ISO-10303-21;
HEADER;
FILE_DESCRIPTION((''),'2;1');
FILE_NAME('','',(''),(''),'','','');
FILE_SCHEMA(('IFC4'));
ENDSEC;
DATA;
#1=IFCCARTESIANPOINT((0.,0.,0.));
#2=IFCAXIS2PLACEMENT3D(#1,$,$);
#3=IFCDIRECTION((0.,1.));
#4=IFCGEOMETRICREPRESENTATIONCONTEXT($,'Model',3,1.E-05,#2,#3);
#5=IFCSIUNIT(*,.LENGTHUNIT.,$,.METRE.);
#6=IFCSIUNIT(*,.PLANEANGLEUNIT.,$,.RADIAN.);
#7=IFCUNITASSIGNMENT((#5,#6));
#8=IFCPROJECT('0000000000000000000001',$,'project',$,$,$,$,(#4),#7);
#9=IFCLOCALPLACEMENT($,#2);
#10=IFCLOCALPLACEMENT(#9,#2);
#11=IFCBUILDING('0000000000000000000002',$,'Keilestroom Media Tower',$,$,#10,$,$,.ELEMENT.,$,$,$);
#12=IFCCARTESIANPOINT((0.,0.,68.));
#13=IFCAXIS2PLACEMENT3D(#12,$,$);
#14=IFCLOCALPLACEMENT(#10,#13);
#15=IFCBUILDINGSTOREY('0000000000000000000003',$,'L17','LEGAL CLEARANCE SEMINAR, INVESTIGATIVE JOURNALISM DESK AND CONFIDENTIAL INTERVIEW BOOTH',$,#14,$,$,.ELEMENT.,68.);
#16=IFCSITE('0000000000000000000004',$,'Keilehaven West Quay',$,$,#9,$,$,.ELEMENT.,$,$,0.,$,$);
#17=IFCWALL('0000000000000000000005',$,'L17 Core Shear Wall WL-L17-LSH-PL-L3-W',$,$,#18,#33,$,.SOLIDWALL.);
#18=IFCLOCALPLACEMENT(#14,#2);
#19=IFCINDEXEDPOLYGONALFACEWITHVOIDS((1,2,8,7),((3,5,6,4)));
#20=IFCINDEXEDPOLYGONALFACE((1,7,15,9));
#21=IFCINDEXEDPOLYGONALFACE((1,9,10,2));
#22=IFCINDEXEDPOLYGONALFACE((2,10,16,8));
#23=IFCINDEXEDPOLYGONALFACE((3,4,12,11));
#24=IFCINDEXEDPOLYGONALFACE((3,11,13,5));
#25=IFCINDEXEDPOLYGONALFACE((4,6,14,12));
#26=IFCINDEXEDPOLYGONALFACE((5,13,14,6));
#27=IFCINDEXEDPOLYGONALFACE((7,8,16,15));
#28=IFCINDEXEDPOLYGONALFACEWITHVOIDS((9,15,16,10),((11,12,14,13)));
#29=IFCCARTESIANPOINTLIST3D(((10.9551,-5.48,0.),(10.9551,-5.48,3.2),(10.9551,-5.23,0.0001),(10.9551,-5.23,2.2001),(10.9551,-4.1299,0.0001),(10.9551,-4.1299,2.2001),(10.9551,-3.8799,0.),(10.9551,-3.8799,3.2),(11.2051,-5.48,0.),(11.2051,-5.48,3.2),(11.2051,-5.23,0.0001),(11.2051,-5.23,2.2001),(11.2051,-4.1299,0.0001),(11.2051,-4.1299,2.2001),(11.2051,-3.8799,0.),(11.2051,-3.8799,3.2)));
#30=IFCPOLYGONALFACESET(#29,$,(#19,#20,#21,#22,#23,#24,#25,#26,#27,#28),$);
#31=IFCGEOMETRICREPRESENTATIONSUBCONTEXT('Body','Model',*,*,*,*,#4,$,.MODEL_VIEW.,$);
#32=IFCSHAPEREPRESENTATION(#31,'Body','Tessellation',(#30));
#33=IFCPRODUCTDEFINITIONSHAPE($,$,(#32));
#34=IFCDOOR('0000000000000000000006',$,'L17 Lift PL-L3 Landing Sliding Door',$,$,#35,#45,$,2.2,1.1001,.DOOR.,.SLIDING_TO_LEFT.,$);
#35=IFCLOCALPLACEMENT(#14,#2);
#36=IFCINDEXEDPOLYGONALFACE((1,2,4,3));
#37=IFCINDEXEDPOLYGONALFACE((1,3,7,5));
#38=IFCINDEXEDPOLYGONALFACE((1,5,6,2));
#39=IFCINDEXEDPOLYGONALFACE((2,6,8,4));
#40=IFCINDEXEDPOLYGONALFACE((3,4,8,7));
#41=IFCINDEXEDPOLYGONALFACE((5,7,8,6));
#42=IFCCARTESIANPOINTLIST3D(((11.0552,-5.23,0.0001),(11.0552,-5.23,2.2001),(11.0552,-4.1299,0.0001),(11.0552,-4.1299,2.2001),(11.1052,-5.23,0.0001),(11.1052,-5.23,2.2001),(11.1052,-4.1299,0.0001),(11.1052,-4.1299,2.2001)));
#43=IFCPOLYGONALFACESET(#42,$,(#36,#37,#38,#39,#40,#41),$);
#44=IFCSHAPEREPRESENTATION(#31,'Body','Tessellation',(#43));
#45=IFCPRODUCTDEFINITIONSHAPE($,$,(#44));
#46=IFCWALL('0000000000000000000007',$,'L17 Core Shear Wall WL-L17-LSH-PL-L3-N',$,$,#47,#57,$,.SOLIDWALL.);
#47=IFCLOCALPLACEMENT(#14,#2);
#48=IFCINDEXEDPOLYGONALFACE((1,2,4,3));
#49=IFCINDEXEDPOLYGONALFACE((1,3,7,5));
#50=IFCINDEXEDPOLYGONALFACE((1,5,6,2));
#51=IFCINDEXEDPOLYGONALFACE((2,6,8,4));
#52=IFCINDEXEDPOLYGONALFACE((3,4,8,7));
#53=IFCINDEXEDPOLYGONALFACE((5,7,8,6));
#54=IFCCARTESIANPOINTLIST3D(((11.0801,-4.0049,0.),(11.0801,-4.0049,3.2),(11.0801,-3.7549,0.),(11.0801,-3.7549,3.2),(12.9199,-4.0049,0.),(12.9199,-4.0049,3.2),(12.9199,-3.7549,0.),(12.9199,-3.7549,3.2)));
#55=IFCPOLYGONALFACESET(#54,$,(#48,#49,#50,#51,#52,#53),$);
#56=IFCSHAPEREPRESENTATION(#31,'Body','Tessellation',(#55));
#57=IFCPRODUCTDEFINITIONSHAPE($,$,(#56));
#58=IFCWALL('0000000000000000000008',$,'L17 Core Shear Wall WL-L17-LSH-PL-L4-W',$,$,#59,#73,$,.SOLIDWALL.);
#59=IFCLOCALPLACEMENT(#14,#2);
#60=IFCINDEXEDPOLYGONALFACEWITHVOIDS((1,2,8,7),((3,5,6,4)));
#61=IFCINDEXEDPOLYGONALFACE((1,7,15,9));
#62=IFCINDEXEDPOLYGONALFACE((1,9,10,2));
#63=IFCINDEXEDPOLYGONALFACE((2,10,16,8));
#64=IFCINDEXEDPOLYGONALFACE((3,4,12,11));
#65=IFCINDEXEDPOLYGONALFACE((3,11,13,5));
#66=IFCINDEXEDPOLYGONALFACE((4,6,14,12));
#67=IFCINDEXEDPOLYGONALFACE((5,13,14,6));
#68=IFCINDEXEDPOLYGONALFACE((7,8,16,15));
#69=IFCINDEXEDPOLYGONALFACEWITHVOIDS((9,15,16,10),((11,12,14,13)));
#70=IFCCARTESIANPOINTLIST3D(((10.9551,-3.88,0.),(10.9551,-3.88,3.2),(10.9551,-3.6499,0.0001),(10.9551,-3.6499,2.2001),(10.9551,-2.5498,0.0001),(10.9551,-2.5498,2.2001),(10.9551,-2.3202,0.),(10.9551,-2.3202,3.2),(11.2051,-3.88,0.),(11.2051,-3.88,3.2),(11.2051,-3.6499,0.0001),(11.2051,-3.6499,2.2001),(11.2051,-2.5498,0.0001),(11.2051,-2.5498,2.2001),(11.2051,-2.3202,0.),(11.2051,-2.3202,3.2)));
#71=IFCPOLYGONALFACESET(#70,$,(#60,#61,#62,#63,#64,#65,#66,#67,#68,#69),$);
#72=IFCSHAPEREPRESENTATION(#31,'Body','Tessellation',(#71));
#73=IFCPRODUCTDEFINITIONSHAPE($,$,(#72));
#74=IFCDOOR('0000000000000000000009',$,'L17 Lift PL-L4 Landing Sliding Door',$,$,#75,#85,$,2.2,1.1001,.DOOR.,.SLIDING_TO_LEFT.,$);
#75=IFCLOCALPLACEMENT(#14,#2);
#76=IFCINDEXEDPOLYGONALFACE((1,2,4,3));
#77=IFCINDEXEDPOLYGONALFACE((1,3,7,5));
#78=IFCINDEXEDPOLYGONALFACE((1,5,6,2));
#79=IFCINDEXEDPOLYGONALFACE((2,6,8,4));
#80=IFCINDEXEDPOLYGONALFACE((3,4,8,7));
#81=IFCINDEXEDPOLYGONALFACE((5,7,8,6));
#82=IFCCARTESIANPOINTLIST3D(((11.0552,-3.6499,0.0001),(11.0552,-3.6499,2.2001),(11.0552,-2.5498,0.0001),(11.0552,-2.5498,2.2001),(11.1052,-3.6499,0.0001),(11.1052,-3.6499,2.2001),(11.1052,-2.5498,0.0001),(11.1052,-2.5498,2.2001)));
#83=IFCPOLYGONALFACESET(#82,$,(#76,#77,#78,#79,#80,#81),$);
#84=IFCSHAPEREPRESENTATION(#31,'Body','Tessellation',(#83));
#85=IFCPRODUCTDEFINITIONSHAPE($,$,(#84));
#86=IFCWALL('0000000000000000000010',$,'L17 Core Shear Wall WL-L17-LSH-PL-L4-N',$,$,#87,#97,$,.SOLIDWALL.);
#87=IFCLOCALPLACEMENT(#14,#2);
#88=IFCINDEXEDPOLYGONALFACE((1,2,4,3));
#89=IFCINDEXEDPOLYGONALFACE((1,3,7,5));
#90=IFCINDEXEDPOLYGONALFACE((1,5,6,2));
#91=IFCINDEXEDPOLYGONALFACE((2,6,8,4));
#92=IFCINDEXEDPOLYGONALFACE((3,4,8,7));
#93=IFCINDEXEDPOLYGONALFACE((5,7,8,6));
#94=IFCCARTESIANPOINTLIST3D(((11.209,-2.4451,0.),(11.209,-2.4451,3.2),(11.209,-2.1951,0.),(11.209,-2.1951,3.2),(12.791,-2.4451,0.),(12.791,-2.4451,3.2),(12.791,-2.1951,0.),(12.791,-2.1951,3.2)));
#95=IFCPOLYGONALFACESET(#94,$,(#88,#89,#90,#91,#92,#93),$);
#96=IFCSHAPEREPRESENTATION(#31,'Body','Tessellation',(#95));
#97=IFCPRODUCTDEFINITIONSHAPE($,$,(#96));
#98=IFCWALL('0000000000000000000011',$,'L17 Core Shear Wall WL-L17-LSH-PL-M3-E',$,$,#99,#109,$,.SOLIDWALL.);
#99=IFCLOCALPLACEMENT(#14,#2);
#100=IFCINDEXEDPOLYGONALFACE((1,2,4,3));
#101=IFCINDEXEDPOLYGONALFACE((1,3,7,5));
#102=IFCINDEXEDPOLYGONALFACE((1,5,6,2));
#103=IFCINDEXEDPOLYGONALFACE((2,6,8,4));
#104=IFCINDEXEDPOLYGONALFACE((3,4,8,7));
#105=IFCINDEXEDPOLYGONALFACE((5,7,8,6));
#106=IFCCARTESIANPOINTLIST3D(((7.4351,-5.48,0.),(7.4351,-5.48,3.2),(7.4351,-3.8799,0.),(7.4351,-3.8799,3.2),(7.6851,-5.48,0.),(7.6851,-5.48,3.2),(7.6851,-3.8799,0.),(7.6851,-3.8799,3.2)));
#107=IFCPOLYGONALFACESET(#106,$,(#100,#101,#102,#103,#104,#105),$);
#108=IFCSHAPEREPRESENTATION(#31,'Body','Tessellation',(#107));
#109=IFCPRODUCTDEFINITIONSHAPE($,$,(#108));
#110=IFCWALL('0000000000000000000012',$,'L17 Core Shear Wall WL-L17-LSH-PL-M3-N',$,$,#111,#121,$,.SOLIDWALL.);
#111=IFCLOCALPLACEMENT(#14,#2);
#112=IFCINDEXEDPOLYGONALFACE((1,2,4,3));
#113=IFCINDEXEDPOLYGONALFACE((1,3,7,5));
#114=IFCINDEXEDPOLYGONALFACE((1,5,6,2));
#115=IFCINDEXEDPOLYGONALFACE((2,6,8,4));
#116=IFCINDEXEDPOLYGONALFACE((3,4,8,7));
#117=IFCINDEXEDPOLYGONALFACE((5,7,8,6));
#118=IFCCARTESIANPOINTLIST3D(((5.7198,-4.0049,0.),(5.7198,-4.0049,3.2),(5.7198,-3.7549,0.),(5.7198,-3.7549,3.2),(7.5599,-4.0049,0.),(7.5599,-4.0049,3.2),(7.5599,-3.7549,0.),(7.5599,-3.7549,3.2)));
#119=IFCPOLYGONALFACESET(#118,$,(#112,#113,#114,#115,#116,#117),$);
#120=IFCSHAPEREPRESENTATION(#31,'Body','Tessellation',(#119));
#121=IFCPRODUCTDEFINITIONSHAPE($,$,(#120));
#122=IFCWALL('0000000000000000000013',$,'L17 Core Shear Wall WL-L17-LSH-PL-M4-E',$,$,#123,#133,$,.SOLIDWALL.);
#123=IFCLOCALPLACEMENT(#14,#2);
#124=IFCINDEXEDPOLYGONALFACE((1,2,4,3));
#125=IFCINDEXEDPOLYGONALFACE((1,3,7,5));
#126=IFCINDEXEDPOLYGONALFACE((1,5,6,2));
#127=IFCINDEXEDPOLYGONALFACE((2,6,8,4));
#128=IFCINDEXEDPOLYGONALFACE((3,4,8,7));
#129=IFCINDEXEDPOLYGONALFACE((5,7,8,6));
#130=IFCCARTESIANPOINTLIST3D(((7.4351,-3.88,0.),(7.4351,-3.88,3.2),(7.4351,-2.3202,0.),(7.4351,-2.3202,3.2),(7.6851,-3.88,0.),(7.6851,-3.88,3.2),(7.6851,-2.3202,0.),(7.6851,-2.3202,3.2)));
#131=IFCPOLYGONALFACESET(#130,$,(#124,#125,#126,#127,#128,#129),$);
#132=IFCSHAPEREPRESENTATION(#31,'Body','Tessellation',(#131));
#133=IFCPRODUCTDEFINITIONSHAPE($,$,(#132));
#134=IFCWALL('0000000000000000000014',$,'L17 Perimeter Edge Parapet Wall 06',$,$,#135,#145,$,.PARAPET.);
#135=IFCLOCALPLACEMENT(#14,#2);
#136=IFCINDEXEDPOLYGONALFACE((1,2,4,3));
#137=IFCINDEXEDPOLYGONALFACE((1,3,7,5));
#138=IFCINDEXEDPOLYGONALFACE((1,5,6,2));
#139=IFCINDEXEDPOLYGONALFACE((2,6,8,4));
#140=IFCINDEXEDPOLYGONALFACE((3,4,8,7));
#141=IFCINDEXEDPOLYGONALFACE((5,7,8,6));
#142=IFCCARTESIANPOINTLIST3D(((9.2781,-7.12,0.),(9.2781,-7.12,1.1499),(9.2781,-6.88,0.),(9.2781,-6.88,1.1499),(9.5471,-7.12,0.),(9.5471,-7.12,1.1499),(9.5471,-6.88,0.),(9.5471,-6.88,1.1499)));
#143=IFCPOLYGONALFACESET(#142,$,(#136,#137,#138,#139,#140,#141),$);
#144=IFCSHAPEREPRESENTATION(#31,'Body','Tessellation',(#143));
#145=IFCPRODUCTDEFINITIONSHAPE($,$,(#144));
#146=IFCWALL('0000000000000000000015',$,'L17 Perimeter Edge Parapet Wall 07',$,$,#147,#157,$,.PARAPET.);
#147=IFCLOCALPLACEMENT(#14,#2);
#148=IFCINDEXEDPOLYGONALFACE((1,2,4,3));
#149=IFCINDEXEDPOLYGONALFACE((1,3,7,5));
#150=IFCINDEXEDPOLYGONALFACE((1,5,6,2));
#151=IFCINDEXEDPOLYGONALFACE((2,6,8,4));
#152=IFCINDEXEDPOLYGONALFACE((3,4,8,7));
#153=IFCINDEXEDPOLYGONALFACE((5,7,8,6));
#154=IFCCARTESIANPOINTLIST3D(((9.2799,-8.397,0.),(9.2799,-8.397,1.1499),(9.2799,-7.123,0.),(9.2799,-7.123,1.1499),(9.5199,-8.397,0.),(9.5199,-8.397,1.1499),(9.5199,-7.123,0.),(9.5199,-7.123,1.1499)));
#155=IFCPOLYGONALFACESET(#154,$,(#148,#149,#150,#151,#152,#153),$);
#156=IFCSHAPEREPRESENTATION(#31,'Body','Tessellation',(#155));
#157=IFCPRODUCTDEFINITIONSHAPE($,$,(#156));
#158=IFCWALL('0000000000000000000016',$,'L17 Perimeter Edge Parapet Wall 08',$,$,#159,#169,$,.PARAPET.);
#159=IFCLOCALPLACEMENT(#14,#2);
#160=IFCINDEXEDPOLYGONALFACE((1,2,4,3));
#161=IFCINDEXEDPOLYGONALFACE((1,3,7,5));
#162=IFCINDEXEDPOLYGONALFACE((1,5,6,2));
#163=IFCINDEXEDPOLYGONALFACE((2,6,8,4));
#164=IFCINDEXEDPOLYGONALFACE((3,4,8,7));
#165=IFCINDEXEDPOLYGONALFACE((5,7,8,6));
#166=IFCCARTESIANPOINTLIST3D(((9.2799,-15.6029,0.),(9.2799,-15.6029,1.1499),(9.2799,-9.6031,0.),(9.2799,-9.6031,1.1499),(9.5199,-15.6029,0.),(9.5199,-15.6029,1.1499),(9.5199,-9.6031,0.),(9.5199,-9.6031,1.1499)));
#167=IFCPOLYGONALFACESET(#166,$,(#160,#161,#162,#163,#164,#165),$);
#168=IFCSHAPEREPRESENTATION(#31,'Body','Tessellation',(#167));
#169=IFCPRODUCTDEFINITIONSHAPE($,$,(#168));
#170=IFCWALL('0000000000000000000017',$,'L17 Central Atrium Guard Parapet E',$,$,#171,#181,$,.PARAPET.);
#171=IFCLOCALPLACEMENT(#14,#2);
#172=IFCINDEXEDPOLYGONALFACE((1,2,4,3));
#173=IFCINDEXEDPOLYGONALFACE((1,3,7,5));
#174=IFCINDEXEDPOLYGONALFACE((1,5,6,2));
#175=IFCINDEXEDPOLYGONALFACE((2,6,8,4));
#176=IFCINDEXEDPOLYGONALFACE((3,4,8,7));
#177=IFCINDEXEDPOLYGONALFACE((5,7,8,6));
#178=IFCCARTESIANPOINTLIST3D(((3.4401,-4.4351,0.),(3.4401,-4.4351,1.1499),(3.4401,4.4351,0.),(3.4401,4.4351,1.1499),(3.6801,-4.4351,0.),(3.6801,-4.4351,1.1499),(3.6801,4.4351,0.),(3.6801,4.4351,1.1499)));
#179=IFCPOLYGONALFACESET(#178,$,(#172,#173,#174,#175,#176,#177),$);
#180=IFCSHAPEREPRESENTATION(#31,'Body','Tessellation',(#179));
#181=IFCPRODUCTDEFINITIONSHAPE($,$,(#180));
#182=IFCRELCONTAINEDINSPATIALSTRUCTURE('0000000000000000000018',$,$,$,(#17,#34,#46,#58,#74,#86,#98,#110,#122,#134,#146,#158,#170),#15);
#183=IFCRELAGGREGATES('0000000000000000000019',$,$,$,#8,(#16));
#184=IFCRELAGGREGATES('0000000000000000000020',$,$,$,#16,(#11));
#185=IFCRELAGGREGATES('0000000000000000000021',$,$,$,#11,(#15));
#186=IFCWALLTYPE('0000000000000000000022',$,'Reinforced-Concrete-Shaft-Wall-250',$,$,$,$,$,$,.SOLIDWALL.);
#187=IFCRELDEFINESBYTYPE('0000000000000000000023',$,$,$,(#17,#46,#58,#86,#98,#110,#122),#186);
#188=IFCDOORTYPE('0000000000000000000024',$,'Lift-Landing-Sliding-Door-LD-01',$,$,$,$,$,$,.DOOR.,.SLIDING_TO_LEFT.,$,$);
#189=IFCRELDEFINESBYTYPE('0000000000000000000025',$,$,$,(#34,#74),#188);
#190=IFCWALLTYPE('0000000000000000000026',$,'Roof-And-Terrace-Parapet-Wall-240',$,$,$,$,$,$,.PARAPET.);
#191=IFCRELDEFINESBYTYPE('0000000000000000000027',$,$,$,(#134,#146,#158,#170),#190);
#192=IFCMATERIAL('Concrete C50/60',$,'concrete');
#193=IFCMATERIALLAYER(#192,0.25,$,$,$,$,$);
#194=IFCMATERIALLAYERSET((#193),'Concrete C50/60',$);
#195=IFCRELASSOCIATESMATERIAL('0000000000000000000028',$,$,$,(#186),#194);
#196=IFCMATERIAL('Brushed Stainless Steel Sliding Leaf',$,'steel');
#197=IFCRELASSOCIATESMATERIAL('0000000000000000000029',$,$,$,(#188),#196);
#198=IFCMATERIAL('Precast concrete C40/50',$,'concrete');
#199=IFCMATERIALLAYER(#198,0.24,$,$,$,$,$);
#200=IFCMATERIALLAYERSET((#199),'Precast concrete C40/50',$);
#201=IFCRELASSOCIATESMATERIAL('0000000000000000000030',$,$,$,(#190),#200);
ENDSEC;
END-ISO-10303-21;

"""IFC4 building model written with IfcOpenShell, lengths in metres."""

from ifc_helpers import new_model, si_unit, direction, frame, frame_2d, origin, place, context, subcontext, project, spatial, rectangle, extrude, source, transform, mapped, material, layer, layer_set, type_object, element, fill, save


model = new_model("IFC4")

# Units and contexts
model_context = context("Model", 3, precision=1e-05, world=origin(), true_north=direction((0.0, 1.0)))
body_context = subcontext(model_context, "Body", "Model", "MODEL_VIEW")
ifc_project = project(units=[si_unit("LENGTHUNIT", "METRE"), si_unit("PLANEANGLEUNIT", "RADIAN")], contexts=[model_context])

# Site, building, storey
site_placement = place(None, origin())
site = spatial("IfcSite", under=ifc_project, at=site_placement, Name="Keilehaven West Quay", CompositionType="ELEMENT", RefElevation=0.0)
building_placement = place(site_placement, origin())
building = spatial("IfcBuilding", under=site, at=building_placement, Name="Keilestroom Media Tower", CompositionType="ELEMENT")
storey_placement = place(building_placement, frame((0.0, 0.0, 68.0)))
storey = spatial("IfcBuildingStorey", under=building, at=storey_placement, Name="L17", Description="LEGAL CLEARANCE SEMINAR, INVESTIGATIVE JOURNALISM DESK AND CONFIDENTIAL INTERVIEW BOOTH", CompositionType="ELEMENT", Elevation=68.0)

# Shared definitions
ifc_material_1 = material(Name="Concrete C50/60", Category="concrete")
ifc_layer_1 = layer(ifc_material_1, 0.25)
ifc_layer_set_1 = layer_set([ifc_layer_1], Name="Concrete C50/60")
wall_type_1 = type_object("IfcWallType", Name="Reinforced-Concrete-Shaft-Wall-250", PredefinedType="SOLIDWALL", material=ifc_layer_set_1)

# Shared definitions
ifc_material_2 = material(Name="Brushed Stainless Steel Sliding Leaf", Category="steel")

# Wall, opening, door
wall_1_placement = place(storey_placement, frame((11.0801, -5.48, 0.0), z_axis=(0.0, 0.0, 1.0), x_axis=(0.0, 1.0, 0.0)))
wall_1 = element("IfcWall", 1, at=wall_1_placement, inside=storey, type_object=wall_type_1, Name="L17 Core Shear Wall WL-L17-LSH-PL-L3-W", PredefinedType="SOLIDWALL", context=body_context, shape_type="SweptSolid", body=[
    extrude(rectangle(XDim=1.6001, YDim=0.25, at=frame_2d((0.8, 0.0))), origin(), (0.0, 0.0, 1.0), 3.2),
])
opening_1_placement = place(wall_1_placement, frame((0.25, 0.0, 0.0)))
opening_1 = element("IfcOpeningElement", 2, at=opening_1_placement, cuts=wall_1, PredefinedType="OPENING", context=body_context, shape_type="SweptSolid", body=[
    extrude(rectangle(XDim=1.1001, YDim=2.2, at=frame_2d((0.55, 1.1001))), frame((0.0, 0.135, 0.0), z_axis=(0.0, -1.0, 0.0), x_axis=(1.0, 0.0, 0.0)), (0.0, 0.0, 1.0), 0.27),
])
door_type_1 = type_object("IfcDoorType", Name="Lift-Landing-Sliding-Door-LD-01", OperationType="SLIDING_TO_LEFT", PredefinedType="DOOR", material=ifc_material_2)
shared_shape_1 = source(origin(), body_context, "Body", "SweptSolid", [
    extrude(rectangle(XDim=1.1001, YDim=2.2, at=frame_2d((0.55, 1.1001))), frame((0.0, 0.0249, 0.0), z_axis=(0.0, -1.0, 0.0), x_axis=(1.0, 0.0, 0.0)), (0.0, 0.0, 1.0), 0.05),
])
door_1_placement = place(opening_1_placement, origin())
door_1 = element("IfcDoor", 3, at=door_1_placement, inside=storey, type_object=door_type_1, Name="L17 Lift PL-L3 Landing Sliding Door", OperationType="SLIDING_TO_LEFT", OverallHeight=2.2, OverallWidth=1.1001, PredefinedType="DOOR", context=body_context, shape_type="MappedRepresentation", body=[
    mapped(shared_shape_1, transform((0.0, 0.0, 0.0), x_axis=(1.0, 0.0, 0.0), y_axis=(0.0, 1.0, 0.0), z_axis=(0.0, 0.0, 1.0), scale=1.0)),
])
fill(opening_1, door_1)

# Wall
wall_2_placement = place(storey_placement, frame((11.0801, -3.8799, 0.0), z_axis=(0.0, 0.0, 1.0), x_axis=(1.0, 0.0, 0.0)))
element("IfcWall", 4, at=wall_2_placement, inside=storey, type_object=wall_type_1, Name="L17 Core Shear Wall WL-L17-LSH-PL-L3-N", PredefinedType="SOLIDWALL", context=body_context, shape_type="SweptSolid", body=[
    extrude(rectangle(XDim=1.8398, YDim=0.25, at=frame_2d((0.9199, 0.0))), origin(), (0.0, 0.0, 1.0), 3.2),
])

# Wall, opening, door
wall_3_placement = place(storey_placement, frame((11.0801, -3.8799, 0.0), z_axis=(0.0, 0.0, 1.0), x_axis=(0.0, 1.0, 0.0)))
wall_3 = element("IfcWall", 5, at=wall_3_placement, inside=storey, type_object=wall_type_1, Name="L17 Core Shear Wall WL-L17-LSH-PL-L4-W", PredefinedType="SOLIDWALL", context=body_context, shape_type="SweptSolid", body=[
    extrude(rectangle(XDim=1.5598, YDim=0.25, at=frame_2d((0.7798, 0.0))), origin(), (0.0, 0.0, 1.0), 3.2),
])
opening_2_placement = place(wall_3_placement, frame((0.23, 0.0, 0.0)))
opening_2 = element("IfcOpeningElement", 6, at=opening_2_placement, cuts=wall_3, PredefinedType="OPENING", context=body_context, shape_type="SweptSolid", body=[
    extrude(rectangle(XDim=1.1001, YDim=2.2, at=frame_2d((0.55, 1.1001))), frame((0.0, 0.135, 0.0), z_axis=(0.0, -1.0, 0.0), x_axis=(1.0, 0.0, 0.0)), (0.0, 0.0, 1.0), 0.27),
])
door_2_placement = place(opening_2_placement, origin())
door_2 = element("IfcDoor", 7, at=door_2_placement, inside=storey, type_object=door_type_1, Name="L17 Lift PL-L4 Landing Sliding Door", OperationType="SLIDING_TO_LEFT", OverallHeight=2.2, OverallWidth=1.1001, PredefinedType="DOOR", context=body_context, shape_type="MappedRepresentation", body=[
    mapped(shared_shape_1, transform((0.0, 0.0, 0.0), x_axis=(1.0, 0.0, 0.0), y_axis=(0.0, 1.0, 0.0), z_axis=(0.0, 0.0, 1.0), scale=1.0)),
])
fill(opening_2, door_2)

# Walls
wall_4_placement = place(storey_placement, frame((11.209, -2.3201, 0.0), z_axis=(0.0, 0.0, 1.0), x_axis=(1.0, 0.0, 0.0)))
element("IfcWall", 8, at=wall_4_placement, inside=storey, type_object=wall_type_1, Name="L17 Core Shear Wall WL-L17-LSH-PL-L4-N", PredefinedType="SOLIDWALL", context=body_context, shape_type="SweptSolid", body=[
    extrude(rectangle(XDim=1.582, YDim=0.25, at=frame_2d((0.791, 0.0))), origin(), (0.0, 0.0, 1.0), 3.2),
])
wall_5_placement = place(storey_placement, frame((7.5601, -5.48, 0.0), z_axis=(0.0, 0.0, 1.0), x_axis=(0.0, 1.0, 0.0)))
element("IfcWall", 9, at=wall_5_placement, inside=storey, type_object=wall_type_1, Name="L17 Core Shear Wall WL-L17-LSH-PL-M3-E", PredefinedType="SOLIDWALL", context=body_context, shape_type="SweptSolid", body=[
    extrude(rectangle(XDim=1.6001, YDim=0.25, at=frame_2d((0.8, 0.0))), origin(), (0.0, 0.0, 1.0), 3.2),
])
wall_6_placement = place(storey_placement, frame((5.72, -3.8799, 0.0), z_axis=(0.0, 0.0, 1.0), x_axis=(1.0, 0.0, 0.0)))
element("IfcWall", 10, at=wall_6_placement, inside=storey, type_object=wall_type_1, Name="L17 Core Shear Wall WL-L17-LSH-PL-M3-N", PredefinedType="SOLIDWALL", context=body_context, shape_type="SweptSolid", body=[
    extrude(rectangle(XDim=1.8401, YDim=0.25, at=frame_2d((0.9199, 0.0))), origin(), (0.0, 0.0, 1.0), 3.2),
])
wall_7_placement = place(storey_placement, frame((7.5601, -3.8799, 0.0), z_axis=(0.0, 0.0, 1.0), x_axis=(0.0, 1.0, 0.0)))
element("IfcWall", 11, at=wall_7_placement, inside=storey, type_object=wall_type_1, Name="L17 Core Shear Wall WL-L17-LSH-PL-M4-E", PredefinedType="SOLIDWALL", context=body_context, shape_type="SweptSolid", body=[
    extrude(rectangle(XDim=1.5598, YDim=0.25, at=frame_2d((0.7798, 0.0))), origin(), (0.0, 0.0, 1.0), 3.2),
])
ifc_material_3 = material(Name="Precast concrete C40/50", Category="concrete")
ifc_layer_2 = layer(ifc_material_3, 0.24)
ifc_layer_set_2 = layer_set([ifc_layer_2], Name="Precast concrete C40/50")
wall_type_2 = type_object("IfcWallType", Name="Roof-And-Terrace-Parapet-Wall-240", PredefinedType="PARAPET", material=ifc_layer_set_2)
wall_8_placement = place(storey_placement, frame((9.5471, -7.0, 0.0), z_axis=(0.0, 0.0, 1.0), x_axis=(-1.0, 0.0, 0.0)))
element("IfcWall", 12, at=wall_8_placement, inside=storey, type_object=wall_type_2, Name="L17 Perimeter Edge Parapet Wall 06", PredefinedType="PARAPET", context=body_context, shape_type="SweptSolid", body=[
    extrude(rectangle(XDim=0.269, YDim=0.24, at=frame_2d((0.1345, 0.0))), origin(), (0.0, 0.0, 1.0), 1.1499),
])
wall_9_placement = place(storey_placement, frame((9.3999, -7.123, 0.0), z_axis=(0.0, 0.0, 1.0), x_axis=(0.0, -1.0, 0.0)))
element("IfcWall", 13, at=wall_9_placement, inside=storey, type_object=wall_type_2, Name="L17 Perimeter Edge Parapet Wall 07", PredefinedType="PARAPET", context=body_context, shape_type="SweptSolid", body=[
    extrude(rectangle(XDim=1.2739, YDim=0.24, at=frame_2d((0.637, 0.0))), origin(), (0.0, 0.0, 1.0), 1.1499),
])
wall_10_placement = place(storey_placement, frame((9.3999, -9.603, 0.0), z_axis=(0.0, 0.0, 1.0), x_axis=(0.0, -1.0, 0.0)))
element("IfcWall", 14, at=wall_10_placement, inside=storey, type_object=wall_type_2, Name="L17 Perimeter Edge Parapet Wall 08", PredefinedType="PARAPET", context=body_context, shape_type="SweptSolid", body=[
    extrude(rectangle(XDim=5.9998, YDim=0.24, at=frame_2d((3.0, 0.0))), origin(), (0.0, 0.0, 1.0), 1.1499),
])
wall_11_placement = place(storey_placement, frame((3.5601, -4.4351, 0.0), z_axis=(0.0, 0.0, 1.0), x_axis=(0.0, 1.0, 0.0)))
element("IfcWall", 15, at=wall_11_placement, inside=storey, type_object=wall_type_2, Name="L17 Central Atrium Guard Parapet E", PredefinedType="PARAPET", context=body_context, shape_type="SweptSolid", body=[
    extrude(rectangle(XDim=8.8701, YDim=0.24, at=frame_2d((4.4351, 0.0))), origin(), (0.0, 0.0, 1.0), 1.1499),
])

save(model, "model.ifc")
